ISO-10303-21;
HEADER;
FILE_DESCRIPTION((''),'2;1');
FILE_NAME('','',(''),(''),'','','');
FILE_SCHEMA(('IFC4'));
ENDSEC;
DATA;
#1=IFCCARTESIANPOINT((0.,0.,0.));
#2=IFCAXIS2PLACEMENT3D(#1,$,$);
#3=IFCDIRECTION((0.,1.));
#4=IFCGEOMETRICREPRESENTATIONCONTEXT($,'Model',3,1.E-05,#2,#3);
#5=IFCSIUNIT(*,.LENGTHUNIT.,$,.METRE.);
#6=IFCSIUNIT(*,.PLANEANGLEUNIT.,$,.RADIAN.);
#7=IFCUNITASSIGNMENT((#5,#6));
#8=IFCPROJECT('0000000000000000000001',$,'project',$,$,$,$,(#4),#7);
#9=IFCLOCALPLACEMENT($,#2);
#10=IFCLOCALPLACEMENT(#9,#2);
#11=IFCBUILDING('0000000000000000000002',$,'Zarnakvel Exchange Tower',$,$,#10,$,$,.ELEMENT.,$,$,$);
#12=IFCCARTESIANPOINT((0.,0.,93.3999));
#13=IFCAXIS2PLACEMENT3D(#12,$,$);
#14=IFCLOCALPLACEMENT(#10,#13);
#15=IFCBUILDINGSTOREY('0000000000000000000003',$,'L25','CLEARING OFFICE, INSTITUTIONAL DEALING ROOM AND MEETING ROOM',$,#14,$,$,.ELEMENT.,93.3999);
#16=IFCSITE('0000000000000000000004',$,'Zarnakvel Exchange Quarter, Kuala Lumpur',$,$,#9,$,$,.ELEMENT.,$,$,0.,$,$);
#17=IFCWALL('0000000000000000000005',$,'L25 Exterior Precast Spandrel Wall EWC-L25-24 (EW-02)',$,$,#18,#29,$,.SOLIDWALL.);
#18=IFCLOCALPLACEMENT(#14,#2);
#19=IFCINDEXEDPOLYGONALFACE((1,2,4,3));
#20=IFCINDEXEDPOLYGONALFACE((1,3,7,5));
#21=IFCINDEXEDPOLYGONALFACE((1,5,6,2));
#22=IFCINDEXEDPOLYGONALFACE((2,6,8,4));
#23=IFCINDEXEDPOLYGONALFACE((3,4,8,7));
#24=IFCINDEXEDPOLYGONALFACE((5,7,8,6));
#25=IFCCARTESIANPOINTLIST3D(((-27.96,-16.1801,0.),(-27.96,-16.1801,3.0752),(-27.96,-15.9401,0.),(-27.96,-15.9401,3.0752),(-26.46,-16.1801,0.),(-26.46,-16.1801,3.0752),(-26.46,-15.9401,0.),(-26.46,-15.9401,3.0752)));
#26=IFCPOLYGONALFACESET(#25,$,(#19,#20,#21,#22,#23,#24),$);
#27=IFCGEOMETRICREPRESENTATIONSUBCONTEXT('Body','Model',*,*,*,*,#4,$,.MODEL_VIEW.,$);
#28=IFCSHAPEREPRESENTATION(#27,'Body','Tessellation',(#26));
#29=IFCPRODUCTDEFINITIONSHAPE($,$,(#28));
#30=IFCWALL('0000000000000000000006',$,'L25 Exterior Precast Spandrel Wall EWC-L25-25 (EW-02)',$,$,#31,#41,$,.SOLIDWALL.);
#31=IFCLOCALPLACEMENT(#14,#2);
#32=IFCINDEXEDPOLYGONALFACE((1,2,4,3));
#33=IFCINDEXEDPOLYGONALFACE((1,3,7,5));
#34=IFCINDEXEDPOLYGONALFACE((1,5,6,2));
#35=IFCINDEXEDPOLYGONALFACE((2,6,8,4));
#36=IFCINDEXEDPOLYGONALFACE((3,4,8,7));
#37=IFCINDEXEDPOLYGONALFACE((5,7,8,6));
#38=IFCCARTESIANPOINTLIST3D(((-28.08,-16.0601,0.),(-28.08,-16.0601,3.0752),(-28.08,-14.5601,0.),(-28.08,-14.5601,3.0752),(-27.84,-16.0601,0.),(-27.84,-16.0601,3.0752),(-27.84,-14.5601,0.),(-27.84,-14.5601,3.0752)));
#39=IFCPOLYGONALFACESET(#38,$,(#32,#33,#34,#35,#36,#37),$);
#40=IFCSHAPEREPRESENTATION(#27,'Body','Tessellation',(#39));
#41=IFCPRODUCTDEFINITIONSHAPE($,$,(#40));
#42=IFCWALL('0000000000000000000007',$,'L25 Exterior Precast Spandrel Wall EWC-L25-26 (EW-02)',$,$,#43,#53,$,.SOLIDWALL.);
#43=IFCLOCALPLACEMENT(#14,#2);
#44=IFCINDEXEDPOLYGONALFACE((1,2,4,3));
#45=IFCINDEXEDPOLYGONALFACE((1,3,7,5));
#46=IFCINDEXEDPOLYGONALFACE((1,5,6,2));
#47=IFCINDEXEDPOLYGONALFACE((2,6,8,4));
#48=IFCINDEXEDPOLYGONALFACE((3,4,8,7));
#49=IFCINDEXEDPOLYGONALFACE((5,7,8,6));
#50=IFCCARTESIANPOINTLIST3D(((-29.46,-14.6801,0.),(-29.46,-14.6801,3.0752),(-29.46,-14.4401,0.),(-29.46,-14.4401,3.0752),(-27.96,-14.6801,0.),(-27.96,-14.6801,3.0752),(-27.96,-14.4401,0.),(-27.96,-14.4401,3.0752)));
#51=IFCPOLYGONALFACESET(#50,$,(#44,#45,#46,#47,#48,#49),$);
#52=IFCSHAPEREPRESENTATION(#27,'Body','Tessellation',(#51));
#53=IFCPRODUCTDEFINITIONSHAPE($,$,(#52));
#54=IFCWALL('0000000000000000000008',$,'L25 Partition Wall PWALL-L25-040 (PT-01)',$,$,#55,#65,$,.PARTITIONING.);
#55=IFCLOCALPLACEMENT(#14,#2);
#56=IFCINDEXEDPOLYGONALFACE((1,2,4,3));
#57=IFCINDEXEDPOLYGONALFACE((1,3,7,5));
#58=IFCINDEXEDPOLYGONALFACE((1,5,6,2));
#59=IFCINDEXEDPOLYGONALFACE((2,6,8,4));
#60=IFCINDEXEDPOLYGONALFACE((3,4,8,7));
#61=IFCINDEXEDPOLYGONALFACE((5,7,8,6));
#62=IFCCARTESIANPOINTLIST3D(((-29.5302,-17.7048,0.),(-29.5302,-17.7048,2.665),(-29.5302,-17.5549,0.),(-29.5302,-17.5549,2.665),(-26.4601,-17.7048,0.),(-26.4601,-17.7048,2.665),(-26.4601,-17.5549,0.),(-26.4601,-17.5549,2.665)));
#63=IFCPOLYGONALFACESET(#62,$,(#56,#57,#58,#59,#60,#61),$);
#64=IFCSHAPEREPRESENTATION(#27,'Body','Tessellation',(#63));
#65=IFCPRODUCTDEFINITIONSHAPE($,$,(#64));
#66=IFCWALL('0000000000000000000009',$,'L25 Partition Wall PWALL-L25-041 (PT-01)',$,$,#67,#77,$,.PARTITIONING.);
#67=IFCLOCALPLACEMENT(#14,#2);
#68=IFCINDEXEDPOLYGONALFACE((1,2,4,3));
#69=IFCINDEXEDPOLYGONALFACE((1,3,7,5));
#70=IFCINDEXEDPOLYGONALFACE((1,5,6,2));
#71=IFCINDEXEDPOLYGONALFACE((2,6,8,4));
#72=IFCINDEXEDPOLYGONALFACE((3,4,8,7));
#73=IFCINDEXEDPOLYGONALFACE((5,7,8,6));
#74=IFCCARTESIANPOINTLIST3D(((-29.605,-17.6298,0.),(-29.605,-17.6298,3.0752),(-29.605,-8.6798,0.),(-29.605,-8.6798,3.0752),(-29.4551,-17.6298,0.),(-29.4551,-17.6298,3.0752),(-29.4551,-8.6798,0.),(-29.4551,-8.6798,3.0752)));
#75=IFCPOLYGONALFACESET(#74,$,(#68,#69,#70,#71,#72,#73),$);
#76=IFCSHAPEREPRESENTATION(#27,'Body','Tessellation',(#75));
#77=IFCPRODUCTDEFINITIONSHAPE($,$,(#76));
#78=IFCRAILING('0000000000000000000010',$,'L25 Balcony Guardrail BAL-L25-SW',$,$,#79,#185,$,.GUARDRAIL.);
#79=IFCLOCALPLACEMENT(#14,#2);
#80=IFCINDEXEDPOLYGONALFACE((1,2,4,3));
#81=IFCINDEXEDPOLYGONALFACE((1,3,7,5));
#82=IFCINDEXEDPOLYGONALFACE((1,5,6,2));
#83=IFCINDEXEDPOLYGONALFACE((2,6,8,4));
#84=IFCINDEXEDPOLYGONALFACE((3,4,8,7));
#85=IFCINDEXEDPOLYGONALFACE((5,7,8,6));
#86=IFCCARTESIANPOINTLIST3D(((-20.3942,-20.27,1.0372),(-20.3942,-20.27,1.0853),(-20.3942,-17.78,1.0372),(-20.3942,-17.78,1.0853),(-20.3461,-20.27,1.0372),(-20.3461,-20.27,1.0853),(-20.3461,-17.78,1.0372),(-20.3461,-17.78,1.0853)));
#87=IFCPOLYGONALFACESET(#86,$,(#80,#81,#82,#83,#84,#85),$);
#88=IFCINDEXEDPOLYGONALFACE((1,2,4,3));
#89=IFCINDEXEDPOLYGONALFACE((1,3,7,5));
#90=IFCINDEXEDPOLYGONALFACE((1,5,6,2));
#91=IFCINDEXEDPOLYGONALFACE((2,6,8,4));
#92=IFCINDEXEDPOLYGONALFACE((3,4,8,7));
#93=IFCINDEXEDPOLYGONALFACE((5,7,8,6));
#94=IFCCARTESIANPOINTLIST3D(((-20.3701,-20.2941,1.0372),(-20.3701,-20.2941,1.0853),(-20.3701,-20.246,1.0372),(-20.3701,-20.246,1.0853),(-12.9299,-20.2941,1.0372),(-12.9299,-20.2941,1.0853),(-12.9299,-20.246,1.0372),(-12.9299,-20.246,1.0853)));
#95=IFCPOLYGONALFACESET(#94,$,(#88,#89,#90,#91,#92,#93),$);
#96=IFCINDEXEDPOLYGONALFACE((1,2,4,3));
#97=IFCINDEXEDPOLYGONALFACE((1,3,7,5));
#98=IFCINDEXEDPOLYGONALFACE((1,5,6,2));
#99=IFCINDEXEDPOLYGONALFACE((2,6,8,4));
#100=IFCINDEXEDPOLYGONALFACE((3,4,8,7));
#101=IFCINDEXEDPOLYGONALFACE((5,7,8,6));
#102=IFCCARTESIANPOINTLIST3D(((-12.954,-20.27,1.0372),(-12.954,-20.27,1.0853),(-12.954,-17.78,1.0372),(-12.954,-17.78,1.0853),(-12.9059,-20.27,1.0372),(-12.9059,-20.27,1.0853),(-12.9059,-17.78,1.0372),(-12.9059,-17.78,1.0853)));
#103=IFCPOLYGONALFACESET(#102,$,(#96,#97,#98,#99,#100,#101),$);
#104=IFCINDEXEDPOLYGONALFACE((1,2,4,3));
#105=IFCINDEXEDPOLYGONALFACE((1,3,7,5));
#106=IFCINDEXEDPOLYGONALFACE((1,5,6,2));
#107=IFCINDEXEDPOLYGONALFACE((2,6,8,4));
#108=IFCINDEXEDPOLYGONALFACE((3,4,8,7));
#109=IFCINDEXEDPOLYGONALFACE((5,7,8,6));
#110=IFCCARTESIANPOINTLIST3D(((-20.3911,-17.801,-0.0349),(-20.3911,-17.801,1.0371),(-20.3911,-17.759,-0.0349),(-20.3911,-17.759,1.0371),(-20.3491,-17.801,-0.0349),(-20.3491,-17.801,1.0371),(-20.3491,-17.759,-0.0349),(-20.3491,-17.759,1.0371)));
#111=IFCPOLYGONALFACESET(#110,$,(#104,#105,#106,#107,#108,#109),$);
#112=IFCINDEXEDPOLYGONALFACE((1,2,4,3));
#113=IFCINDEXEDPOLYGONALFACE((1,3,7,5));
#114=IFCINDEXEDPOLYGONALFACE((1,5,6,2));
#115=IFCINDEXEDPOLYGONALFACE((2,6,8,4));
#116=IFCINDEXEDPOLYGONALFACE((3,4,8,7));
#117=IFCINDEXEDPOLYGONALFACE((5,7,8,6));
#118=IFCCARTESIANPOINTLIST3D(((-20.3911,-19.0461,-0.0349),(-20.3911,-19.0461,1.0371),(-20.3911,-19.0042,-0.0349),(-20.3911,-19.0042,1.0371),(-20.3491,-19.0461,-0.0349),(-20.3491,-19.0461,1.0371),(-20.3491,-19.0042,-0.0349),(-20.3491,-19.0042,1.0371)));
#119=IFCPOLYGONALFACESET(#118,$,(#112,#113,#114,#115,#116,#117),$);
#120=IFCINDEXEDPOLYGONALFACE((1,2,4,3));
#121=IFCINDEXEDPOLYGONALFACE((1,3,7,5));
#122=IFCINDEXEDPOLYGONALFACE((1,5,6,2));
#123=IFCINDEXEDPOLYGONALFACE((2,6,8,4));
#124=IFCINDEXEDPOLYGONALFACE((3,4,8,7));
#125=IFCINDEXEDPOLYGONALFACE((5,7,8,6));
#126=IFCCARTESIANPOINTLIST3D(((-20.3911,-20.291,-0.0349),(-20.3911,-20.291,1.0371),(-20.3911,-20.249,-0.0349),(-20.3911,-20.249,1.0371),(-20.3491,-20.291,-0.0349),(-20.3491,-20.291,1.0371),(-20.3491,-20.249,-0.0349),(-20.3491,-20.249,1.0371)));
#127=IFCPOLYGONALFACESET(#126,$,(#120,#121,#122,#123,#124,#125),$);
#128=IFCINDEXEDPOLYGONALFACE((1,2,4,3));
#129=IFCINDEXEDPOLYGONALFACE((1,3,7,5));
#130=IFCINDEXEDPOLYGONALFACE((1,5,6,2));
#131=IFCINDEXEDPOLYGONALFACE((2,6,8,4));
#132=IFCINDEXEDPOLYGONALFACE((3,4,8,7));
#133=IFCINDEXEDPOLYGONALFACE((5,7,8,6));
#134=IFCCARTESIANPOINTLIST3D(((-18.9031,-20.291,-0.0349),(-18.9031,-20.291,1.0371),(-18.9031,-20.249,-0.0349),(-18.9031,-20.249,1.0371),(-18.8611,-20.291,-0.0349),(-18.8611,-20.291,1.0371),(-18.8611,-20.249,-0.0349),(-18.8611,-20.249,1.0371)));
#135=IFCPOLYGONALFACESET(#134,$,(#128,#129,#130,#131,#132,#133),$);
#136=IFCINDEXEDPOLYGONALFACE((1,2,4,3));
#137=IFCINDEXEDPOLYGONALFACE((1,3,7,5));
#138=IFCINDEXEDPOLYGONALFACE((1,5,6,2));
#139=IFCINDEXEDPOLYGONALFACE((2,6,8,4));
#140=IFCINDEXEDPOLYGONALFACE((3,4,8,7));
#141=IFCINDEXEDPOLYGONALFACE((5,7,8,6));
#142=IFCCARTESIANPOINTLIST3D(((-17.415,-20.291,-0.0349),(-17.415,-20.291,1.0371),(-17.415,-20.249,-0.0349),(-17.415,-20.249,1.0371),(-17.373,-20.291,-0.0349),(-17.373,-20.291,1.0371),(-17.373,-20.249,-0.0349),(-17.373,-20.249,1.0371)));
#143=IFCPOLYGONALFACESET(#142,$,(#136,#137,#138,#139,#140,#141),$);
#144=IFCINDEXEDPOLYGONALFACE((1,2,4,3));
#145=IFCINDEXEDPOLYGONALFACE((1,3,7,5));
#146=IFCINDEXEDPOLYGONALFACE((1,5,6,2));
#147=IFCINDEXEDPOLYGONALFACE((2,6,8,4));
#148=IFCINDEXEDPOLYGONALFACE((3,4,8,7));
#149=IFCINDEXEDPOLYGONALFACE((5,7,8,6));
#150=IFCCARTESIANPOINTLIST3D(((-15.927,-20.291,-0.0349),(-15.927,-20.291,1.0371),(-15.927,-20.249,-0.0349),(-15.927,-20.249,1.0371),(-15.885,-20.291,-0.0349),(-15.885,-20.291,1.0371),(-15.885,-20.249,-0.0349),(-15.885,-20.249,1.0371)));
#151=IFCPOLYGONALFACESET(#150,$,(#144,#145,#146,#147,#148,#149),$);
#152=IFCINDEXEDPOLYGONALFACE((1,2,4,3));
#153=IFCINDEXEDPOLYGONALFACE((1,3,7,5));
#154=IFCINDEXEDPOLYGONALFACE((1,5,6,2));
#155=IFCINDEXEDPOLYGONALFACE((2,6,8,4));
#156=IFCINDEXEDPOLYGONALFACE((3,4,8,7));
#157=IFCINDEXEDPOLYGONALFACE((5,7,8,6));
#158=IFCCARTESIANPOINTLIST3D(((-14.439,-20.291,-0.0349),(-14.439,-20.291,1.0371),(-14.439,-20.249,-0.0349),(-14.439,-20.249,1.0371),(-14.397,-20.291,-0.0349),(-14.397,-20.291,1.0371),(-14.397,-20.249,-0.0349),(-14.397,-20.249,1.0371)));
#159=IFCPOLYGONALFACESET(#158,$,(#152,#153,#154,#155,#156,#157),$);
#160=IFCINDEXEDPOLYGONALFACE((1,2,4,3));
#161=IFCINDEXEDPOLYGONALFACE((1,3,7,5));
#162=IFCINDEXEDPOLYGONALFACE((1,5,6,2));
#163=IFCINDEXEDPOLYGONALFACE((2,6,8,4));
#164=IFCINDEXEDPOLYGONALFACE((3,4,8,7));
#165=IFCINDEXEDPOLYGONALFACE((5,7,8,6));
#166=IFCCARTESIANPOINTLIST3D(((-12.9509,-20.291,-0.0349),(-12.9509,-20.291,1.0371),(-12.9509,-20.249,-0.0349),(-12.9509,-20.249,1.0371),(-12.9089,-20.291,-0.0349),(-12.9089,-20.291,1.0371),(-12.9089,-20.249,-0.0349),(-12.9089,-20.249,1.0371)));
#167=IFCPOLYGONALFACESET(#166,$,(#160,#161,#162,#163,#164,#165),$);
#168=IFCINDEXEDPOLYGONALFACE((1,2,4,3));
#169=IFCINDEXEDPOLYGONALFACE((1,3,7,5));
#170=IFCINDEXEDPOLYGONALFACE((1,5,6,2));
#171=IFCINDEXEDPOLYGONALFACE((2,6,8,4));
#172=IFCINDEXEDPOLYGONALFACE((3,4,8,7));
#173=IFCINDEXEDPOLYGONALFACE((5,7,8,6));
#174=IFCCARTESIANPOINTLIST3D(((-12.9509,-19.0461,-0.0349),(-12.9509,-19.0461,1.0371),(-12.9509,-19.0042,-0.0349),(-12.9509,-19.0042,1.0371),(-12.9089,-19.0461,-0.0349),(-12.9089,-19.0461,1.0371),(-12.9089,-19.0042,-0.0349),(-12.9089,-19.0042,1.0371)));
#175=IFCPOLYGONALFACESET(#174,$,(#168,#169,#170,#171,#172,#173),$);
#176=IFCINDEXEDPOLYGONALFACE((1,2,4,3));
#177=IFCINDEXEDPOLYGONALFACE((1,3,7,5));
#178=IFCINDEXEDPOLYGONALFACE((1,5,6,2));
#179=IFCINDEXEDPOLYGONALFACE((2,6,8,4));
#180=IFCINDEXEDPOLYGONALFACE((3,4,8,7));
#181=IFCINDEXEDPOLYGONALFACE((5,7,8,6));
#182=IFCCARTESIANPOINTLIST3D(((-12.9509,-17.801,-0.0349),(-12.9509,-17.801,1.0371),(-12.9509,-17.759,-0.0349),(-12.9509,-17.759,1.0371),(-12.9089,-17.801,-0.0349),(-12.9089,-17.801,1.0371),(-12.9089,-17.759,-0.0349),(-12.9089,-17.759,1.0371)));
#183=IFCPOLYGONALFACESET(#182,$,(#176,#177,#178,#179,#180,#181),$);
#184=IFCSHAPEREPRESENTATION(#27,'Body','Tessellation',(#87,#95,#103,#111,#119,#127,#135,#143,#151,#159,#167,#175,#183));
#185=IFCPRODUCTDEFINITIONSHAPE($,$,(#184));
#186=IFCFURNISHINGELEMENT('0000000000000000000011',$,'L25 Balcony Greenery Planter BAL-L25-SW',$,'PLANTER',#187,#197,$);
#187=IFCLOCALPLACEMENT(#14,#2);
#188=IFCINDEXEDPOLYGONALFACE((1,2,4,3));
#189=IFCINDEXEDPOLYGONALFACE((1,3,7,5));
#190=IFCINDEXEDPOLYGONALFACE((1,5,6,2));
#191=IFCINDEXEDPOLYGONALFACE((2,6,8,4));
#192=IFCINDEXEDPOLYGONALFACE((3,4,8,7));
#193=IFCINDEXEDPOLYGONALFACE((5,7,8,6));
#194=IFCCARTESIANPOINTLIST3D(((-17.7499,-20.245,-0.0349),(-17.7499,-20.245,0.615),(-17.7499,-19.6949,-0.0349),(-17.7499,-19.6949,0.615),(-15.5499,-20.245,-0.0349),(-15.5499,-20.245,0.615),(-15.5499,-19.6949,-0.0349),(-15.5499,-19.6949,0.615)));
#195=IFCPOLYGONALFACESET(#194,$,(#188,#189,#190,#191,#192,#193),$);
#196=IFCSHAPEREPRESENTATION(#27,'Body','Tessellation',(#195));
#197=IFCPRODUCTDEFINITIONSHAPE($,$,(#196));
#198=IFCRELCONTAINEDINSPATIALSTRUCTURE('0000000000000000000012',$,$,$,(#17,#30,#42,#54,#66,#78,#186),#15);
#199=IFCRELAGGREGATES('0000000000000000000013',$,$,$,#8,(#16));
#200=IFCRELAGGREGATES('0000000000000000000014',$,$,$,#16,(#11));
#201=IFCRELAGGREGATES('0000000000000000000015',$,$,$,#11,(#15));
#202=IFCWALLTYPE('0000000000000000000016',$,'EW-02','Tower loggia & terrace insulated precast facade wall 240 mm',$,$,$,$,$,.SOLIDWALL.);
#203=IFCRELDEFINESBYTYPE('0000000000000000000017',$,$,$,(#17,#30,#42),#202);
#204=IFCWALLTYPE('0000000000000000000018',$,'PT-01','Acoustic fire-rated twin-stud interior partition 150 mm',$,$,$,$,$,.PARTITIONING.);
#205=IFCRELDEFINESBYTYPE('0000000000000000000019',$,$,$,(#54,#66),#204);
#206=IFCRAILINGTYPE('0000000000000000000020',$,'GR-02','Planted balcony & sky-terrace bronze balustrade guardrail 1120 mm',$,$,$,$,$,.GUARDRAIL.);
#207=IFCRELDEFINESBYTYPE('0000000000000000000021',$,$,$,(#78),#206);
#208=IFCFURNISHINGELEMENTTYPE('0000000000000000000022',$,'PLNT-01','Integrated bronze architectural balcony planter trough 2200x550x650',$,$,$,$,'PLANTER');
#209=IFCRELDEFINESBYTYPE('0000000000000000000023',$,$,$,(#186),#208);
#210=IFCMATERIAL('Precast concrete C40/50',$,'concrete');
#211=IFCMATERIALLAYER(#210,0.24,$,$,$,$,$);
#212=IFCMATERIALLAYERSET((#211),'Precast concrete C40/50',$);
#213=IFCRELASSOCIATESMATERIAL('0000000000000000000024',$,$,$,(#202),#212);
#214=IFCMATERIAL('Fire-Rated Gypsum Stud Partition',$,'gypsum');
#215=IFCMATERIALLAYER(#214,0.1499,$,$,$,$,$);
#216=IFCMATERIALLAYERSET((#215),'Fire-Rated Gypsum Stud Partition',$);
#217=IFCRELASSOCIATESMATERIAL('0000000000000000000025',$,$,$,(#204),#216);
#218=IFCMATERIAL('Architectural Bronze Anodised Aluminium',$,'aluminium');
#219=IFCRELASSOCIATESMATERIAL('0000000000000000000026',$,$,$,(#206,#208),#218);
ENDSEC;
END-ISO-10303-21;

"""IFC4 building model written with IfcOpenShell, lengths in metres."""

from ifc_helpers import new_model, si_unit, direction, frame, frame_2d, origin, origin_2d, place, context, subcontext, project, spatial, rectangle, extrude, source, transform, mapped, material, layer, layer_set, type_object, element, save


model = new_model("IFC4")

# Units and contexts
model_context = context("Model", 3, precision=1e-05, world=origin(), true_north=direction((0.0, 1.0)))
body_context = subcontext(model_context, "Body", "Model", "MODEL_VIEW")
ifc_project = project(units=[si_unit("LENGTHUNIT", "METRE"), si_unit("PLANEANGLEUNIT", "RADIAN")], contexts=[model_context])

# Site, building, storey
site_placement = place(None, origin())
site = spatial("IfcSite", under=ifc_project, at=site_placement, Name="Zarnakvel Exchange Quarter, Kuala Lumpur", CompositionType="ELEMENT", RefElevation=0.0)
building_placement = place(site_placement, origin())
building = spatial("IfcBuilding", under=site, at=building_placement, Name="Zarnakvel Exchange Tower", CompositionType="ELEMENT")
storey_placement = place(building_placement, frame((0.0, 0.0, 93.3999)))
storey = spatial("IfcBuildingStorey", under=building, at=storey_placement, Name="L25", Description="CLEARING OFFICE, INSTITUTIONAL DEALING ROOM AND MEETING ROOM", CompositionType="ELEMENT", Elevation=93.3999)

# Shared definitions
ifc_material_1 = material(Name="Architectural Bronze Anodised Aluminium", Category="aluminium")

# Walls
ifc_material_2 = material(Name="Precast concrete C40/50", Category="concrete")
ifc_layer_1 = layer(ifc_material_2, 0.24)
ifc_layer_set_1 = layer_set([ifc_layer_1], Name="Precast concrete C40/50")
wall_type_1 = type_object("IfcWallType", Name="EW-02", Description="Tower loggia & terrace insulated precast facade wall 240 mm", PredefinedType="SOLIDWALL", material=ifc_layer_set_1)
for number, where, z_axis, x_axis, name in (
    (1, (-27.96, -16.0601, 0.0), (0.0, 0.0, 1.0), (1.0, 0.0, 0.0), "L25 Exterior Precast Spandrel Wall EWC-L25-24 (EW-02)"),
    (2, (-27.96, -14.5601, 0.0), (0.0, 0.0, 1.0), (0.0, -1.0, 0.0), "L25 Exterior Precast Spandrel Wall EWC-L25-25 (EW-02)"),
    (3, (-29.46, -14.5601, 0.0), (0.0, 0.0, 1.0), (1.0, 0.0, 0.0), "L25 Exterior Precast Spandrel Wall EWC-L25-26 (EW-02)"),
):
    element("IfcWall", number, at=place(storey_placement, frame(where, z_axis=z_axis, x_axis=x_axis)), inside=storey, type_object=wall_type_1, Name=name, PredefinedType="SOLIDWALL", context=body_context, shape_type="SweptSolid", body=[
        extrude(rectangle(XDim=1.5, YDim=0.24, at=frame_2d((0.75, 0.0))), origin(), (0.0, 0.0, 1.0), 3.0752),
    ])
ifc_material_3 = material(Name="Fire-Rated Gypsum Stud Partition", Category="gypsum")
ifc_layer_2 = layer(ifc_material_3, 0.1499)
ifc_layer_set_2 = layer_set([ifc_layer_2], Name="Fire-Rated Gypsum Stud Partition")
wall_type_2 = type_object("IfcWallType", Name="PT-01", Description="Acoustic fire-rated twin-stud interior partition 150 mm", PredefinedType="PARTITIONING", material=ifc_layer_set_2)
wall_1_placement = place(storey_placement, frame((-26.46, -17.6299, 0.0), z_axis=(0.0, 0.0, 1.0), x_axis=(-1.0, 0.0, 0.0)))
element("IfcWall", 4, at=wall_1_placement, inside=storey, type_object=wall_type_2, Name="L25 Partition Wall PWALL-L25-040 (PT-01)", PredefinedType="PARTITIONING", context=body_context, shape_type="SweptSolid", body=[
    extrude(rectangle(XDim=3.0701, YDim=0.1499, at=frame_2d((1.5352, 0.0))), origin(), (0.0, 0.0, 1.0), 2.665),
])
wall_2_placement = place(storey_placement, frame((-29.53, -17.6299, 0.0), z_axis=(0.0, 0.0, 1.0), x_axis=(0.0, 1.0, 0.0)))
element("IfcWall", 5, at=wall_2_placement, inside=storey, type_object=wall_type_2, Name="L25 Partition Wall PWALL-L25-041 (PT-01)", PredefinedType="PARTITIONING", context=body_context, shape_type="SweptSolid", body=[
    extrude(rectangle(XDim=8.95, YDim=0.1499, at=frame_2d((4.4751, 0.0))), origin(), (0.0, 0.0, 1.0), 3.0752),
])

# Railing
railing_type = type_object("IfcRailingType", Name="GR-02", Description="Planted balcony & sky-terrace bronze balustrade guardrail 1120 mm", PredefinedType="GUARDRAIL", material=ifc_material_1)
railing_placement = place(storey_placement, frame((-20.3701, -17.78, -0.0349)))
element("IfcRailing", 6, at=railing_placement, inside=storey, type_object=railing_type, Name="L25 Balcony Guardrail BAL-L25-SW", PredefinedType="GUARDRAIL", context=body_context, shape_type="SweptSolid", body=[
    extrude(rectangle(XDim=0.0481, YDim=0.0481, at=origin_2d()), frame((0.0, 0.0, 1.0962), z_axis=(0.0, -1.0, 0.0), x_axis=(1.0, 0.0, 0.0)), (0.0, 0.0, 1.0), 2.49),
    extrude(rectangle(XDim=0.0481, YDim=0.0481, at=origin_2d()), frame((0.0, -2.49, 1.0962), z_axis=(1.0, 0.0, 0.0), x_axis=(0.0, 1.0, 0.0)), (0.0, 0.0, 1.0), 7.4402),
    extrude(rectangle(XDim=0.0481, YDim=0.0481, at=origin_2d()), frame((7.4402, -2.49, 1.0962), z_axis=(0.0, 1.0, 0.0), x_axis=(-1.0, 0.0, 0.0)), (0.0, 0.0, 1.0), 2.49),
    extrude(rectangle(XDim=0.042, YDim=0.042, at=origin_2d()), origin(), (0.0, 0.0, 1.0), 1.072),
    extrude(rectangle(XDim=0.042, YDim=0.042, at=origin_2d()), frame((0.0, -1.2451, 0.0)), (0.0, 0.0, 1.0), 1.072),
    extrude(rectangle(XDim=0.042, YDim=0.042, at=origin_2d()), frame((0.0, -2.49, 0.0)), (0.0, 0.0, 1.0), 1.072),
    extrude(rectangle(XDim=0.042, YDim=0.042, at=origin_2d()), frame((1.488, -2.49, 0.0)), (0.0, 0.0, 1.0), 1.072),
    extrude(rectangle(XDim=0.042, YDim=0.042, at=origin_2d()), frame((2.9761, -2.49, 0.0)), (0.0, 0.0, 1.0), 1.072),
    extrude(rectangle(XDim=0.042, YDim=0.042, at=origin_2d()), frame((4.4641, -2.49, 0.0)), (0.0, 0.0, 1.0), 1.072),
    extrude(rectangle(XDim=0.042, YDim=0.042, at=origin_2d()), frame((5.9521, -2.49, 0.0)), (0.0, 0.0, 1.0), 1.072),
    extrude(rectangle(XDim=0.042, YDim=0.042, at=origin_2d()), frame((7.4402, -2.49, 0.0)), (0.0, 0.0, 1.0), 1.072),
    extrude(rectangle(XDim=0.042, YDim=0.042, at=origin_2d()), frame((7.4402, -1.2451, 0.0)), (0.0, 0.0, 1.0), 1.072),
    extrude(rectangle(XDim=0.042, YDim=0.042, at=origin_2d()), frame((7.4402, 0.0, 0.0)), (0.0, 0.0, 1.0), 1.072),
])

# Furnishing element
furnishing_element_type = type_object("IfcFurnishingElementType", Name="PLNT-01", Description="Integrated bronze architectural balcony planter trough 2200x550x650", ElementType="PLANTER", material=ifc_material_1)
shared_shape_1 = source(origin(), body_context, "Body", "SweptSolid", [
    extrude(rectangle(XDim=2.2, YDim=0.55, at=origin_2d()), origin(), (0.0, 0.0, 1.0), 0.6499),
])
furnishing_placement = place(storey_placement, frame((-16.6499, -19.97, -0.0349), z_axis=(0.0, 0.0, 1.0), x_axis=(1.0, 0.0, 0.0)))
element("IfcFurnishingElement", 7, at=furnishing_placement, inside=storey, type_object=furnishing_element_type, Name="L25 Balcony Greenery Planter BAL-L25-SW", ObjectType="PLANTER", context=body_context, shape_type="MappedRepresentation", body=[
    mapped(shared_shape_1, transform((0.0, 0.0, 0.0), x_axis=(1.0, 0.0, 0.0), y_axis=(0.0, 1.0, 0.0), z_axis=(0.0, 0.0, 1.0), scale=1.0)),
])

save(model, "model.ifc")
